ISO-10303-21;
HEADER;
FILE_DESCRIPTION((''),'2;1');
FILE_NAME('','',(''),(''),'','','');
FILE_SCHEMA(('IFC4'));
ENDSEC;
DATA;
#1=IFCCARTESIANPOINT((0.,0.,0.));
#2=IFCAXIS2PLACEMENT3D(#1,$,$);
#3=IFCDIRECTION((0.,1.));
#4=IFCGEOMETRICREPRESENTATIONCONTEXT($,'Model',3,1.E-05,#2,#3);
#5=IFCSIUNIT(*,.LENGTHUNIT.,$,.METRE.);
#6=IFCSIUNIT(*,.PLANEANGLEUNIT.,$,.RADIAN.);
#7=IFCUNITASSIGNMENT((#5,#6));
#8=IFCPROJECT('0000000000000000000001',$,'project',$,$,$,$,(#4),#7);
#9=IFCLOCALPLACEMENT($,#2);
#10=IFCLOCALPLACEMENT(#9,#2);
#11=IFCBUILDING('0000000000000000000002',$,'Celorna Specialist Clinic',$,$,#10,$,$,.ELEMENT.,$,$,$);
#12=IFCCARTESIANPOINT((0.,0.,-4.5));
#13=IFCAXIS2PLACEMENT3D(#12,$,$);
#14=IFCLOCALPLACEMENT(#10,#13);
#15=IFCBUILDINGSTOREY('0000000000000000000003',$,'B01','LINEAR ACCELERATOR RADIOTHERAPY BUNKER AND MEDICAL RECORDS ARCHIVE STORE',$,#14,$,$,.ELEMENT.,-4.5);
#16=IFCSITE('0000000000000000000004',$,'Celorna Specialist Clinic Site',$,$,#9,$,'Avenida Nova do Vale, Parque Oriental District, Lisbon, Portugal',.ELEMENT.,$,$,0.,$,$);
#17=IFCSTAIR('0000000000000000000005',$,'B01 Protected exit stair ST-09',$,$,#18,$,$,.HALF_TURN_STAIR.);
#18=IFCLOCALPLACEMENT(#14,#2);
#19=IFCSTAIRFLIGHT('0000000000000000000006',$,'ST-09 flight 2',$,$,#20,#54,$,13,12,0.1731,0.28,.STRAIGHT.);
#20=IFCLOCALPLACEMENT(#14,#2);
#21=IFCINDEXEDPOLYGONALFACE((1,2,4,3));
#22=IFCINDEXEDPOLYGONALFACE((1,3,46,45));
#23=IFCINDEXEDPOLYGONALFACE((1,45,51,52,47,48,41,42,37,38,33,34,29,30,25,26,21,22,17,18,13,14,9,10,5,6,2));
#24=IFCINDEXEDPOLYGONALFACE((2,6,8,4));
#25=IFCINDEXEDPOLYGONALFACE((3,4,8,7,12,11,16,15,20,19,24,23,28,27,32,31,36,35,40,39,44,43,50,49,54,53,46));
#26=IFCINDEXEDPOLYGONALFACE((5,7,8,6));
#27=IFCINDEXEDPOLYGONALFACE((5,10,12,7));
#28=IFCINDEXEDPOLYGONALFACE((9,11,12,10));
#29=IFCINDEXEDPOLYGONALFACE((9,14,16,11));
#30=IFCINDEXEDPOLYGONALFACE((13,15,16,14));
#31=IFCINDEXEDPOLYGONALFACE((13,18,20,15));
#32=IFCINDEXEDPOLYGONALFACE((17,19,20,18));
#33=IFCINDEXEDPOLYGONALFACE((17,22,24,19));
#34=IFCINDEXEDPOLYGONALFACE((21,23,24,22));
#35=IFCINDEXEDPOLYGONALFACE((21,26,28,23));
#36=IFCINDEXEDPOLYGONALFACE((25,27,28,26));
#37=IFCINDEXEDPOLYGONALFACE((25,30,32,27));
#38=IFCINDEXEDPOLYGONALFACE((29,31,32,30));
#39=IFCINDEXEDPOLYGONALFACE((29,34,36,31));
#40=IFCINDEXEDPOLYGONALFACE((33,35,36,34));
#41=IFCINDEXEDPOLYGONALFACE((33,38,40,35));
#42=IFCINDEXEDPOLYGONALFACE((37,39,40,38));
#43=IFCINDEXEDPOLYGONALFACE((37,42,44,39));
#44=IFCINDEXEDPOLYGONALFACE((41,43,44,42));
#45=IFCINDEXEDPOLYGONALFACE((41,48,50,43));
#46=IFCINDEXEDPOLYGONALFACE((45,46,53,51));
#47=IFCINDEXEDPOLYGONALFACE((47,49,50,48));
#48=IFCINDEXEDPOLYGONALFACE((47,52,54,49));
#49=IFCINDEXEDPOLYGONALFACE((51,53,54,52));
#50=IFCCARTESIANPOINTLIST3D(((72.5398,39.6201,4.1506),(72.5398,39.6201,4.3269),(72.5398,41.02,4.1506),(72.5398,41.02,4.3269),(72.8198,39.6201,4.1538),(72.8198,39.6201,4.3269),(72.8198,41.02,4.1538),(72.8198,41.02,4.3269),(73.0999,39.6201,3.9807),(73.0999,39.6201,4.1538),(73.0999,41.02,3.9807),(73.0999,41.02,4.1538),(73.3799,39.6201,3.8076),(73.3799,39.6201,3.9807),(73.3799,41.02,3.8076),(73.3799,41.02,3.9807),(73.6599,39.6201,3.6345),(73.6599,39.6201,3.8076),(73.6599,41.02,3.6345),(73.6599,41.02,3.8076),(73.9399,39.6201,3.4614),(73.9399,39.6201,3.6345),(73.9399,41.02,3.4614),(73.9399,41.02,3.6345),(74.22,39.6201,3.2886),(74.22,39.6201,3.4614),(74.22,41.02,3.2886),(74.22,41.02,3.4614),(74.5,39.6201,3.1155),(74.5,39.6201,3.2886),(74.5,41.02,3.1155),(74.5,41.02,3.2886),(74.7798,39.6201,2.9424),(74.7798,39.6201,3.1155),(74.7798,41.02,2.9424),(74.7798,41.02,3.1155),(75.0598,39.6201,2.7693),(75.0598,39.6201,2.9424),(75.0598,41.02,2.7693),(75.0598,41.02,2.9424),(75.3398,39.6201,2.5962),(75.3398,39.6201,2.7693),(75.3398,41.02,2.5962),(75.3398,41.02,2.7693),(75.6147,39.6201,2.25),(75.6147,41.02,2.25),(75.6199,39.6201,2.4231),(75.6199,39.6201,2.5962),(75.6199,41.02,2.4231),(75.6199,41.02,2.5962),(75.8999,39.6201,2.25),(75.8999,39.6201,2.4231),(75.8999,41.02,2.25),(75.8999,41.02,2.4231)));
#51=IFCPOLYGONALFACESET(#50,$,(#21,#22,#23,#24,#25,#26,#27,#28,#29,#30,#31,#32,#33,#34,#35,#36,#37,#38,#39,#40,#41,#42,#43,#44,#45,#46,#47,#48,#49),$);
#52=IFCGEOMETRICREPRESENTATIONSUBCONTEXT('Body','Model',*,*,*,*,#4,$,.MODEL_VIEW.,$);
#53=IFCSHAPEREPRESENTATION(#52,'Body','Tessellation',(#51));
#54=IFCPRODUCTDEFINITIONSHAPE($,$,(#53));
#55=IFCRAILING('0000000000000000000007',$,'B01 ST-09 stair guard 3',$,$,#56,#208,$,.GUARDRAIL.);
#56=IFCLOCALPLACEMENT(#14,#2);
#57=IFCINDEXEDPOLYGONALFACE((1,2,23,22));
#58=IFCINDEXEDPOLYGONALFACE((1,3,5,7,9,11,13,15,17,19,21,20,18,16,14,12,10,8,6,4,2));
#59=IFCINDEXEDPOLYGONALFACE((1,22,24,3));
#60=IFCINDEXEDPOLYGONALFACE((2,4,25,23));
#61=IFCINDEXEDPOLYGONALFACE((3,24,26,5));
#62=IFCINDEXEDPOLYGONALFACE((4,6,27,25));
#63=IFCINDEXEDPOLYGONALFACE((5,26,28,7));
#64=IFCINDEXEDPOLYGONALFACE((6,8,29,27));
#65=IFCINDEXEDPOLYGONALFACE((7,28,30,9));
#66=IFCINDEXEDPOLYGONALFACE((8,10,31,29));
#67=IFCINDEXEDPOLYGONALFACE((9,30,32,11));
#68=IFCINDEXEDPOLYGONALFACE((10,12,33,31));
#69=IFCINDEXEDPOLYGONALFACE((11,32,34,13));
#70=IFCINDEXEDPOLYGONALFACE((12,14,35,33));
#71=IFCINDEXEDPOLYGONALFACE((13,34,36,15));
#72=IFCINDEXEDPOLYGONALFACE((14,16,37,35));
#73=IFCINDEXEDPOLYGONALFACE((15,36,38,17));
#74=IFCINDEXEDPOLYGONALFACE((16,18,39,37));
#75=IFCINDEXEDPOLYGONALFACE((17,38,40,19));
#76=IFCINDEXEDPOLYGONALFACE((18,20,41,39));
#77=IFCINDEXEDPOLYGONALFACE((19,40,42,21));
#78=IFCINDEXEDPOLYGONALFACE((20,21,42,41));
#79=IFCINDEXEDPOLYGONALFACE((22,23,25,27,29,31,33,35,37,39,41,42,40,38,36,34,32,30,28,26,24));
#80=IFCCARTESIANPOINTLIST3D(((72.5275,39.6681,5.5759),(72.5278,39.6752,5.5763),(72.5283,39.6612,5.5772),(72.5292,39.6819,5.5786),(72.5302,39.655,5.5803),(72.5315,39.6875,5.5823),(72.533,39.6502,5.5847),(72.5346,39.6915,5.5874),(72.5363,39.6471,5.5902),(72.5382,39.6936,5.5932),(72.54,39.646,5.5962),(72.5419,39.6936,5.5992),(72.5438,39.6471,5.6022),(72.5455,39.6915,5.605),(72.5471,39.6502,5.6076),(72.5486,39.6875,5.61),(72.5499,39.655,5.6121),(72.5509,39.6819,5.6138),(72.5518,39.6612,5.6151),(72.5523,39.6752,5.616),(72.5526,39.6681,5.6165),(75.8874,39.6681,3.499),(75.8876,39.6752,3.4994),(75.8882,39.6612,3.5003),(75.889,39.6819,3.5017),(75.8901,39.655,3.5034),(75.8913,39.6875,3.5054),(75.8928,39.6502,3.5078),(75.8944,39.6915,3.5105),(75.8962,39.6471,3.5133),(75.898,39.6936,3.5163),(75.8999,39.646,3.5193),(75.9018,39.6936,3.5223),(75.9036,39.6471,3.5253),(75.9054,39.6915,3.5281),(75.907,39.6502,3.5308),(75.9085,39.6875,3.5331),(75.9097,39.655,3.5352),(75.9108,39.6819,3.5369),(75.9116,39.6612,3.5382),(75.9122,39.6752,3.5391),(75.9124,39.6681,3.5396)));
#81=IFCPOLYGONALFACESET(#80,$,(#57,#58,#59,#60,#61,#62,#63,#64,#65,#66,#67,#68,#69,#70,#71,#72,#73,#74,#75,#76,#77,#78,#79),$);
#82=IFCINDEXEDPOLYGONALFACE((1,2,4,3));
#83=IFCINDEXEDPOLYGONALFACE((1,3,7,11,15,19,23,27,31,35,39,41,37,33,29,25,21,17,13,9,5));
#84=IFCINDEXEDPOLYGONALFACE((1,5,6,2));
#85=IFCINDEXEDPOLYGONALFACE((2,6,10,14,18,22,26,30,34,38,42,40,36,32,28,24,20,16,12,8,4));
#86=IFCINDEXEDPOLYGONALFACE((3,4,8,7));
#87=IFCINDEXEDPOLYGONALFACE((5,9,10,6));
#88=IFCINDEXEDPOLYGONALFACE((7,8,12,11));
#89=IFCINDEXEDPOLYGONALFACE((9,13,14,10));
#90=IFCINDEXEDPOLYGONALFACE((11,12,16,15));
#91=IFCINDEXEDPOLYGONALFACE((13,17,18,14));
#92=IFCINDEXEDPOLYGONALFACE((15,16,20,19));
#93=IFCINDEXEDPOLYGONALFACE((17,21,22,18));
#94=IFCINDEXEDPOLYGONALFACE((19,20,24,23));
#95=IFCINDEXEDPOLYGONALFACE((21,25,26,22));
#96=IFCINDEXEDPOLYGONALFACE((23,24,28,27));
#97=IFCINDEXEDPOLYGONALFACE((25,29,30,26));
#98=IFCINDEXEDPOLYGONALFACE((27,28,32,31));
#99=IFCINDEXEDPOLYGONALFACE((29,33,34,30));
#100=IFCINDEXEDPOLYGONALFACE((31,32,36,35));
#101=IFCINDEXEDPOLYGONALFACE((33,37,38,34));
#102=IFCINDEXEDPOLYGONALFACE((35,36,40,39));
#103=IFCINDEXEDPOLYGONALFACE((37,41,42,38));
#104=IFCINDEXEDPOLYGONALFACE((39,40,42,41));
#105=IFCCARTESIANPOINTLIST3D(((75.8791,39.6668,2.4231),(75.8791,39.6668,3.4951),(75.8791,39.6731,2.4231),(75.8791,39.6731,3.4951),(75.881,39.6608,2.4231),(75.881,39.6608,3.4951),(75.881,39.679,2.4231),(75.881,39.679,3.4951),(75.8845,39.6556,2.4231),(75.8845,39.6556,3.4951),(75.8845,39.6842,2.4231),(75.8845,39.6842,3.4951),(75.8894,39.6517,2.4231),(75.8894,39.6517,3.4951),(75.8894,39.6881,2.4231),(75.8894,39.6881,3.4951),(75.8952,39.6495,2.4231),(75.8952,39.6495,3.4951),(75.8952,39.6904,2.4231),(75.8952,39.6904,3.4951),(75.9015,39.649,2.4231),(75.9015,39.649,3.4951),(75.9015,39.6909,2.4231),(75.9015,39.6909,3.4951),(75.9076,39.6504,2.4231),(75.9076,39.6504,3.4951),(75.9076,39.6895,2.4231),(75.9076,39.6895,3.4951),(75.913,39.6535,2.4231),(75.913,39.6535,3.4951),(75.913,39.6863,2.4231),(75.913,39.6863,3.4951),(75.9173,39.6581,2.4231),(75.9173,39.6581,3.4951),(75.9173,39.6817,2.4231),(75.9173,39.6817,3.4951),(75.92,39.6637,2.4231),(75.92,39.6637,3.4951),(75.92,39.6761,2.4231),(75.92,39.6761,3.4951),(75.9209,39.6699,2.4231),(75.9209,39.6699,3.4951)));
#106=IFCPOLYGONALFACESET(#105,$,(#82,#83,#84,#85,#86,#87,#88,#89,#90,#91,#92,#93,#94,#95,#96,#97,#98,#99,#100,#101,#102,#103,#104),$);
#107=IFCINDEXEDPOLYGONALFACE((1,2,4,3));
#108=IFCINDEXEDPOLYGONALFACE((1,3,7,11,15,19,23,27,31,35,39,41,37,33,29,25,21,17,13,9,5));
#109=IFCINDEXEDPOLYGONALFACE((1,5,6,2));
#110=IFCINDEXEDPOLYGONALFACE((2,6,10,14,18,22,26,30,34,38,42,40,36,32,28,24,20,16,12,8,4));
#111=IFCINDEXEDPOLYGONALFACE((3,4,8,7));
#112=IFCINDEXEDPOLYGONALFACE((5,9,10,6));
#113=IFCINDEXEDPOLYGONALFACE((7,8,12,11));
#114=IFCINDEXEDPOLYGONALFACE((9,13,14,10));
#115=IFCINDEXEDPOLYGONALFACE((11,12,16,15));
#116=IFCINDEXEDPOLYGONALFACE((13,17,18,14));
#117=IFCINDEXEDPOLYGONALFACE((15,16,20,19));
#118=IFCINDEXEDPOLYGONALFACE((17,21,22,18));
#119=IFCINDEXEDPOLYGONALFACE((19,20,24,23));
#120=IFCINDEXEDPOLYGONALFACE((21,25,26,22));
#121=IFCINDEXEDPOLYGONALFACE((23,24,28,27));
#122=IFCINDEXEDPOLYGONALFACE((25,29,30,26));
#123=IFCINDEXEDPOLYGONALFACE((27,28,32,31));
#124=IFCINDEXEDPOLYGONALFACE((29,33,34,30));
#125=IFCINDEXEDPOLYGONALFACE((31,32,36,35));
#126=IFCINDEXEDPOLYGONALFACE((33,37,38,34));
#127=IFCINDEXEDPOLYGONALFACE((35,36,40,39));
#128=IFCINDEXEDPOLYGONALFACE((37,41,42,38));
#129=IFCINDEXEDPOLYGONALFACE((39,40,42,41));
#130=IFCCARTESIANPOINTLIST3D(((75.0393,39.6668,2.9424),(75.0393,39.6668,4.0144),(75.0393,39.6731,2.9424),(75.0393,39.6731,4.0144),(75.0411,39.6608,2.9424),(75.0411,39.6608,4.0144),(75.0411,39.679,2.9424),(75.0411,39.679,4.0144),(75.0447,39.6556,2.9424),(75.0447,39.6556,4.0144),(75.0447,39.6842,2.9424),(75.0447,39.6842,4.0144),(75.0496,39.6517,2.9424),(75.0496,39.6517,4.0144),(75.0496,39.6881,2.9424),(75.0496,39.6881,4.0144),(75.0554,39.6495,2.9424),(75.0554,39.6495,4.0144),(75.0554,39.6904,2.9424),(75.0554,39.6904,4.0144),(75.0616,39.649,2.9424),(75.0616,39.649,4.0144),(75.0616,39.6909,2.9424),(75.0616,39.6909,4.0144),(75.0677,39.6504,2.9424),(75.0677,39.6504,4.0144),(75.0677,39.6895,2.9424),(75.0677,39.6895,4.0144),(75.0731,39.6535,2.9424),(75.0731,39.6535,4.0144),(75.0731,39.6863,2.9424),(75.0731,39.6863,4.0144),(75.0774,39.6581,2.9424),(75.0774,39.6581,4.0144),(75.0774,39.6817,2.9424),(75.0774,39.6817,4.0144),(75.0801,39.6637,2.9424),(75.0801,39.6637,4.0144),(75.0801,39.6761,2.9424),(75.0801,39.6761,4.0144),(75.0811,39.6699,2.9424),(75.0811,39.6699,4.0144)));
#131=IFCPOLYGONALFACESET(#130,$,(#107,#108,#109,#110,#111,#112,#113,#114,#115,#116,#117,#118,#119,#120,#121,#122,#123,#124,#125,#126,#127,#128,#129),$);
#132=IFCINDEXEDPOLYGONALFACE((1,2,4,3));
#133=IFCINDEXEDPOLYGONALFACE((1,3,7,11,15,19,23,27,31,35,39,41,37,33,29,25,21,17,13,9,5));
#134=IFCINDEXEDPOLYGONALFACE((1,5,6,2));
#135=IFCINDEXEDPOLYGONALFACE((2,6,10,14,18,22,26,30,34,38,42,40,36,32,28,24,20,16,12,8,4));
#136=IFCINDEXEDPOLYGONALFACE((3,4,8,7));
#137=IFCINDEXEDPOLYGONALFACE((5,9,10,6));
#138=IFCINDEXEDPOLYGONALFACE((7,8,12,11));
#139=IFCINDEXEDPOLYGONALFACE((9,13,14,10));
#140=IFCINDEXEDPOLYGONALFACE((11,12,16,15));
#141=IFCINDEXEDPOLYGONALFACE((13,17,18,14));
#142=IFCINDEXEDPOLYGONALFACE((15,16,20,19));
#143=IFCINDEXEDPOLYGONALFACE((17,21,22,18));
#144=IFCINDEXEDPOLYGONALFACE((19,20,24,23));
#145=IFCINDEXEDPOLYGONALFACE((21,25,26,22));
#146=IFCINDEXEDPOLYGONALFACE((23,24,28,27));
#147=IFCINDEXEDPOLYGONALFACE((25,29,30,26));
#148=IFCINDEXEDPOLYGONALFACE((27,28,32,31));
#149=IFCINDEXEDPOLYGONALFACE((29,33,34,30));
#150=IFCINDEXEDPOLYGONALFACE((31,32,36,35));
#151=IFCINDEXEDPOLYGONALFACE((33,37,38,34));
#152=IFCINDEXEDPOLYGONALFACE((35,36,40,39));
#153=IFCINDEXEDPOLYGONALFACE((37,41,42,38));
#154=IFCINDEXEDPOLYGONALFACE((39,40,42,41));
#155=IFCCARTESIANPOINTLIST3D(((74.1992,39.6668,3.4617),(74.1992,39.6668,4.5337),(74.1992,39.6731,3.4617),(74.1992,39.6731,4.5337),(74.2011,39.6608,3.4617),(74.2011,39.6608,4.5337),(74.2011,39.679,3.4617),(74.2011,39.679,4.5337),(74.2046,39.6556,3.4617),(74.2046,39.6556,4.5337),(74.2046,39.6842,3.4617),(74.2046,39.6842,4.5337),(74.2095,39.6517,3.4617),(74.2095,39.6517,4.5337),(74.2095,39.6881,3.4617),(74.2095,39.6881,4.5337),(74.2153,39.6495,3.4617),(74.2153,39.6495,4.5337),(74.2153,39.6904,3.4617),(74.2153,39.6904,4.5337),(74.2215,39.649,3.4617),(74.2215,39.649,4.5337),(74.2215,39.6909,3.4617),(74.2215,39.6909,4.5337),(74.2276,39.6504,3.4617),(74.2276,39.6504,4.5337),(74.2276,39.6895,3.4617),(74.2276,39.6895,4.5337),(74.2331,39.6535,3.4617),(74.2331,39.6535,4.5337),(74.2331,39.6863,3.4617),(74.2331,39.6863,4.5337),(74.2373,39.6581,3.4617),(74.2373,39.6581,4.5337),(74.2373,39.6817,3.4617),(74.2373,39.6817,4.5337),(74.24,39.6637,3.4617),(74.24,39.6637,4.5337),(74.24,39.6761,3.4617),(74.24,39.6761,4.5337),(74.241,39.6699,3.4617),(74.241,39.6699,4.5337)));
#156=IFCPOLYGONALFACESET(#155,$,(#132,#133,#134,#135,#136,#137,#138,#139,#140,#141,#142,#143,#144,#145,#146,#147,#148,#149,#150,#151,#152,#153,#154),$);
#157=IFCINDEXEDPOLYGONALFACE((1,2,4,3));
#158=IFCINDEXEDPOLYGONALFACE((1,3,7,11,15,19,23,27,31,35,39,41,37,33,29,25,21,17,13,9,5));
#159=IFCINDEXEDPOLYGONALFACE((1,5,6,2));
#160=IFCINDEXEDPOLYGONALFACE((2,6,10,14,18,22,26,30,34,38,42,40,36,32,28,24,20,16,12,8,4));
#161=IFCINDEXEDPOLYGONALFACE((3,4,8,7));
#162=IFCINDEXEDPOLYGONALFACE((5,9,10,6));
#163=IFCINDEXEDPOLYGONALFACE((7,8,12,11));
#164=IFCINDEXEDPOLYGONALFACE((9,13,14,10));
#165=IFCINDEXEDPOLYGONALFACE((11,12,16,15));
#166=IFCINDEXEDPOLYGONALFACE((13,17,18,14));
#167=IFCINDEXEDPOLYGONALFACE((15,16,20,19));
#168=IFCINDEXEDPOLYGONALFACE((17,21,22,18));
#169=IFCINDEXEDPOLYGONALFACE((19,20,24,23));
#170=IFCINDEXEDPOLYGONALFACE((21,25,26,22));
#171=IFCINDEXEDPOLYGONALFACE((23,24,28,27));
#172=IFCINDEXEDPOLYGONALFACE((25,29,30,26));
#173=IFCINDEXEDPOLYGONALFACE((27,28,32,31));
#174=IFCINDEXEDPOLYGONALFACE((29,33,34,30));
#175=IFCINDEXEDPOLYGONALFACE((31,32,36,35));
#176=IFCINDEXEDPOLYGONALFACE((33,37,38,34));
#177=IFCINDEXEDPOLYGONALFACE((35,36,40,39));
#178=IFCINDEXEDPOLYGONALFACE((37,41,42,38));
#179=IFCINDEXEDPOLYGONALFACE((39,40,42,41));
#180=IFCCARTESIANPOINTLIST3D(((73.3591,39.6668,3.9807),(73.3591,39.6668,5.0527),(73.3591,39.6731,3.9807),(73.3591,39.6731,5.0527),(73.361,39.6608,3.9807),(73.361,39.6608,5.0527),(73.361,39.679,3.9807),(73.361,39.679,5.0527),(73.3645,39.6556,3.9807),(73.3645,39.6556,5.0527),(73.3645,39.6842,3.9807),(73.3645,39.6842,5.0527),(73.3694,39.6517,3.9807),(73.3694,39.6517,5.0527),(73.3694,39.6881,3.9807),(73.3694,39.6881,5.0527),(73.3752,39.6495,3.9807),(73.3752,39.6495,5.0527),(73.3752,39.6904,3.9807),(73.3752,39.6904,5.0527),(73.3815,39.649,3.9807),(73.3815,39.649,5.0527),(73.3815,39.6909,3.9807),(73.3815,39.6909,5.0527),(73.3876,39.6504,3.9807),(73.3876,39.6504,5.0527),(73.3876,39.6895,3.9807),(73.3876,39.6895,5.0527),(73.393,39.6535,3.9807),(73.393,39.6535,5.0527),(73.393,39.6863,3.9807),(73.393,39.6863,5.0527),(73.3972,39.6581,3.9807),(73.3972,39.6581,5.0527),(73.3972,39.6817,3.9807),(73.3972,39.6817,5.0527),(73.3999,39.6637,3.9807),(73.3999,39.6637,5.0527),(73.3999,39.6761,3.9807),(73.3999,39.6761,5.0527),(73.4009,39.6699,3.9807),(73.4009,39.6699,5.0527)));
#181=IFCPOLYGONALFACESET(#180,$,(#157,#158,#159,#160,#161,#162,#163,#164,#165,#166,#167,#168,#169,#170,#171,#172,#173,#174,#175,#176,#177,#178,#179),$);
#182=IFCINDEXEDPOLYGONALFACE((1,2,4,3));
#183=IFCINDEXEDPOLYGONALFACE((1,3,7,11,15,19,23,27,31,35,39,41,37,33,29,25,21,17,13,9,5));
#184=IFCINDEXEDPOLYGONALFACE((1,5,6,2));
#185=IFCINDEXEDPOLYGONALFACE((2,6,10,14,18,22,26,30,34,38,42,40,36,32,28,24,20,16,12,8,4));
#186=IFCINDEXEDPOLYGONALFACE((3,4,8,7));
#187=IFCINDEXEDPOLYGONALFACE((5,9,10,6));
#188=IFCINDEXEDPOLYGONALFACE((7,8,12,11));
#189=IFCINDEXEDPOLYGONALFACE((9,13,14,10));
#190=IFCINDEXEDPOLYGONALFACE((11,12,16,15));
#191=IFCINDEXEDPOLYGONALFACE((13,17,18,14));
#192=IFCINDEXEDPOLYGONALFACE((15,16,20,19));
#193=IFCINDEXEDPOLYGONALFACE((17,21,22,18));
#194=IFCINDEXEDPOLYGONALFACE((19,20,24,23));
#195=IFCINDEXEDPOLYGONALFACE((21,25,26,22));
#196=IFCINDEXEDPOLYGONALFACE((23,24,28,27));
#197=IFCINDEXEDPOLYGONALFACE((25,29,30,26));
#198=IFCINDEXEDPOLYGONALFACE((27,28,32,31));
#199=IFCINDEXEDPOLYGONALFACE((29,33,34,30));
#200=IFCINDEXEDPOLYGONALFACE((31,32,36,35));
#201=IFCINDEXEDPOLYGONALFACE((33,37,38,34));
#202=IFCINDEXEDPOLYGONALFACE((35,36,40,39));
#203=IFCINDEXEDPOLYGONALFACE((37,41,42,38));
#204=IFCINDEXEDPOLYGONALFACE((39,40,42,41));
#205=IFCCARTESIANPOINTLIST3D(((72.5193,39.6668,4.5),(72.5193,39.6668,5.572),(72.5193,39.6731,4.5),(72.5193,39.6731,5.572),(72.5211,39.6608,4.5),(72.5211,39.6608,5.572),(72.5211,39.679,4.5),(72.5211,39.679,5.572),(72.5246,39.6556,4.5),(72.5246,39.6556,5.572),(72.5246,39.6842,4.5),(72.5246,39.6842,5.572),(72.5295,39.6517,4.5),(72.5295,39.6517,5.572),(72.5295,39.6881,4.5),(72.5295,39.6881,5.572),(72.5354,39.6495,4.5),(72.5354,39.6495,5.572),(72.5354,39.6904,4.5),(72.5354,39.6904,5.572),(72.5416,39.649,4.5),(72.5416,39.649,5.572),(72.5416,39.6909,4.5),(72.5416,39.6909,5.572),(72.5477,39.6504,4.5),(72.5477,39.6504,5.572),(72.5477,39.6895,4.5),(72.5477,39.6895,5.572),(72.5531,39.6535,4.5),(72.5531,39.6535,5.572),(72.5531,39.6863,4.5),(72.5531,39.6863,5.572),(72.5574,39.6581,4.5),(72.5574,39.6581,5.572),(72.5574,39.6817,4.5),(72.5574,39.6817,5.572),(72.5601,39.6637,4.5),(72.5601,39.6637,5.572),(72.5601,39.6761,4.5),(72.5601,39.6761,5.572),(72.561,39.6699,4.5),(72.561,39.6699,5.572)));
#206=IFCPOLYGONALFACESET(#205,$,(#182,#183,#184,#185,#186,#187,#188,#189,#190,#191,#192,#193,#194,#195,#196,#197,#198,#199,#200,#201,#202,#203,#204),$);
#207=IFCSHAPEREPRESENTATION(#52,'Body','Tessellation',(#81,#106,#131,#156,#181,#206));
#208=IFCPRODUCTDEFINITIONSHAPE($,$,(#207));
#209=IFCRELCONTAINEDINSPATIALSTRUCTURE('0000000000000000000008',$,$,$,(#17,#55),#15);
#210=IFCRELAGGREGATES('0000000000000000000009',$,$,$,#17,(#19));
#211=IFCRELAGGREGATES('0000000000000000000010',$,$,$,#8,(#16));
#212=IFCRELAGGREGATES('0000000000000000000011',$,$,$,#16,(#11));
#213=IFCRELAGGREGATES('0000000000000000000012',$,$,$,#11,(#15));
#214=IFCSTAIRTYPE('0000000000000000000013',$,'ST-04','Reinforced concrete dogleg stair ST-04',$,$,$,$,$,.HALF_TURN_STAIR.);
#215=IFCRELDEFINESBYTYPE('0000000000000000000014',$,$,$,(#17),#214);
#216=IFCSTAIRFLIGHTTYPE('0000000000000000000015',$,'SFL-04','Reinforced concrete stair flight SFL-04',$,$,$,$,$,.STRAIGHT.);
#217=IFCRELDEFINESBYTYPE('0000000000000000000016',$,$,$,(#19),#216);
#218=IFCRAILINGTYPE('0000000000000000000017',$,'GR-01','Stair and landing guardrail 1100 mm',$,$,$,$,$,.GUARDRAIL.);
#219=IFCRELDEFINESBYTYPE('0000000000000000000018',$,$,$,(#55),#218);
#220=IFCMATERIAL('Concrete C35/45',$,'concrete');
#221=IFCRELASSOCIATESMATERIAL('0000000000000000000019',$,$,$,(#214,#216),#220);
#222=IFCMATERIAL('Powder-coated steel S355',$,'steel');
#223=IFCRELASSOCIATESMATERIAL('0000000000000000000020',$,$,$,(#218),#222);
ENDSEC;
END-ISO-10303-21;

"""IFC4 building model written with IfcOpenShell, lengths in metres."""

from ifc_helpers import new_model, si_unit, direction, frame, origin, origin_2d, place, context, subcontext, project, spatial, polyline, circle, outline, extrude, material, type_object, element, aggregate, save


model = new_model("IFC4")

# Units and contexts
model_context = context("Model", 3, precision=1e-05, world=origin(), true_north=direction((0.0, 1.0)))
body_context = subcontext(model_context, "Body", "Model", "MODEL_VIEW")
ifc_project = project(units=[si_unit("LENGTHUNIT", "METRE"), si_unit("PLANEANGLEUNIT", "RADIAN")], contexts=[model_context])

# Site, building, storey
site_placement = place(None, origin())
site = spatial("IfcSite", under=ifc_project, at=site_placement, Name="Celorna Specialist Clinic Site", LongName="Avenida Nova do Vale, Parque Oriental District, Lisbon, Portugal", CompositionType="ELEMENT", RefElevation=0.0)
building_placement = place(site_placement, origin())
building = spatial("IfcBuilding", under=site, at=building_placement, Name="Celorna Specialist Clinic", CompositionType="ELEMENT")
storey_placement = place(building_placement, frame((0.0, 0.0, -4.5)))
storey = spatial("IfcBuildingStorey", under=building, at=storey_placement, Name="B01", Description="LINEAR ACCELERATOR RADIOTHERAPY BUNKER AND MEDICAL RECORDS ARCHIVE STORE", CompositionType="ELEMENT", Elevation=-4.5)

# Shared definitions
ifc_material_1 = material(Name="Concrete C35/45", Category="concrete")

# Stair, stair flight
stair_type = type_object("IfcStairType", Name="ST-04", Description="Reinforced concrete dogleg stair ST-04", PredefinedType="HALF_TURN_STAIR", material=ifc_material_1)
stair_placement = place(storey_placement, origin())
stair = element("IfcStair", 1, at=stair_placement, inside=storey, type_object=stair_type, Name="B01 Protected exit stair ST-09", PredefinedType="HALF_TURN_STAIR")
stair_flight_type = type_object("IfcStairFlightType", Name="SFL-04", Description="Reinforced concrete stair flight SFL-04", PredefinedType="STRAIGHT", material=ifc_material_1)
stair_flight_placement = place(storey_placement, frame((75.8999, 40.3201, 2.25), z_axis=(0.0, 0.0, 1.0), x_axis=(-1.0, 0.0, 0.0)))
stair_flight = element("IfcStairFlight", 2, at=stair_flight_placement, type_object=stair_flight_type, Name="ST-09 flight 2", NumberOfRisers=13, NumberOfTreads=12, PredefinedType="STRAIGHT", RiserHeight=0.1731, TreadLength=0.28, context=body_context, shape_type="SweptSolid", body=[
    extrude(outline(polyline([(0.0, 0.0), (0.0, 0.1731), (0.28, 0.1731), (0.28, 0.3462), (0.5601, 0.3462), (0.5601, 0.5193), (0.8401, 0.5193), (0.8401, 0.6924), (1.1201, 0.6924), (1.1201, 0.8655), (1.3999, 0.8655), (1.3999, 1.0386), (1.6799, 1.0386), (1.6799, 1.2114), (1.96, 1.2114), (1.96, 1.3845), (2.24, 1.3845), (2.24, 1.5576), (2.52, 1.5576), (2.52, 1.7307), (2.8, 1.7307), (2.8, 1.9038), (3.0801, 1.9038), (3.0801, 2.0769), (3.3601, 2.0769), (3.3601, 2.25), (3.3601, 1.9006), (0.2852, 0.0), (0.0, 0.0)])), frame((0.0, 0.7, 0.0), z_axis=(0.0, -1.0, 0.0), x_axis=(1.0, 0.0, 0.0)), (0.0, 0.0, 1.0), 1.3999),
])
aggregate(stair, [stair_flight])

# Railing
ifc_material_2 = material(Name="Powder-coated steel S355", Category="steel")
railing_type_1 = type_object("IfcRailingType", Name="GR-01", Description="Stair and landing guardrail 1100 mm", PredefinedType="GUARDRAIL", material=ifc_material_2)
railing_1_placement = place(storey_placement, frame((75.8999, 39.6699, 2.4231)))
element("IfcRailing", 3, at=railing_1_placement, inside=storey, type_object=railing_type_1, Name="B01 ST-09 stair guard 3", PredefinedType="GUARDRAIL", context=body_context, shape_type="SweptSolid", body=[
    extrude(circle(Radius=0.0239, at=origin_2d()), frame((0.0, 0.0, 1.0962), z_axis=(-0.850606, 0.0, 0.525803), x_axis=(0.0, -1.0, 0.0)), (0.0, 0.0, 1.0), 3.95),
    extrude(circle(Radius=0.021, at=origin_2d()), origin(), (0.0, 0.0, 1.0), 1.072),
    extrude(circle(Radius=0.021, at=origin_2d()), frame((-0.8398, 0.0, 0.5193)), (0.0, 0.0, 1.0), 1.072),
    extrude(circle(Radius=0.021, at=origin_2d()), frame((-1.6799, 0.0, 1.0386)), (0.0, 0.0, 1.0), 1.072),
    extrude(circle(Radius=0.021, at=origin_2d()), frame((-2.52, 0.0, 1.5576)), (0.0, 0.0, 1.0), 1.072),
    extrude(circle(Radius=0.021, at=origin_2d()), frame((-3.3599, 0.0, 2.0769)), (0.0, 0.0, 1.0), 1.072),
])

save(model, "model.ifc")
